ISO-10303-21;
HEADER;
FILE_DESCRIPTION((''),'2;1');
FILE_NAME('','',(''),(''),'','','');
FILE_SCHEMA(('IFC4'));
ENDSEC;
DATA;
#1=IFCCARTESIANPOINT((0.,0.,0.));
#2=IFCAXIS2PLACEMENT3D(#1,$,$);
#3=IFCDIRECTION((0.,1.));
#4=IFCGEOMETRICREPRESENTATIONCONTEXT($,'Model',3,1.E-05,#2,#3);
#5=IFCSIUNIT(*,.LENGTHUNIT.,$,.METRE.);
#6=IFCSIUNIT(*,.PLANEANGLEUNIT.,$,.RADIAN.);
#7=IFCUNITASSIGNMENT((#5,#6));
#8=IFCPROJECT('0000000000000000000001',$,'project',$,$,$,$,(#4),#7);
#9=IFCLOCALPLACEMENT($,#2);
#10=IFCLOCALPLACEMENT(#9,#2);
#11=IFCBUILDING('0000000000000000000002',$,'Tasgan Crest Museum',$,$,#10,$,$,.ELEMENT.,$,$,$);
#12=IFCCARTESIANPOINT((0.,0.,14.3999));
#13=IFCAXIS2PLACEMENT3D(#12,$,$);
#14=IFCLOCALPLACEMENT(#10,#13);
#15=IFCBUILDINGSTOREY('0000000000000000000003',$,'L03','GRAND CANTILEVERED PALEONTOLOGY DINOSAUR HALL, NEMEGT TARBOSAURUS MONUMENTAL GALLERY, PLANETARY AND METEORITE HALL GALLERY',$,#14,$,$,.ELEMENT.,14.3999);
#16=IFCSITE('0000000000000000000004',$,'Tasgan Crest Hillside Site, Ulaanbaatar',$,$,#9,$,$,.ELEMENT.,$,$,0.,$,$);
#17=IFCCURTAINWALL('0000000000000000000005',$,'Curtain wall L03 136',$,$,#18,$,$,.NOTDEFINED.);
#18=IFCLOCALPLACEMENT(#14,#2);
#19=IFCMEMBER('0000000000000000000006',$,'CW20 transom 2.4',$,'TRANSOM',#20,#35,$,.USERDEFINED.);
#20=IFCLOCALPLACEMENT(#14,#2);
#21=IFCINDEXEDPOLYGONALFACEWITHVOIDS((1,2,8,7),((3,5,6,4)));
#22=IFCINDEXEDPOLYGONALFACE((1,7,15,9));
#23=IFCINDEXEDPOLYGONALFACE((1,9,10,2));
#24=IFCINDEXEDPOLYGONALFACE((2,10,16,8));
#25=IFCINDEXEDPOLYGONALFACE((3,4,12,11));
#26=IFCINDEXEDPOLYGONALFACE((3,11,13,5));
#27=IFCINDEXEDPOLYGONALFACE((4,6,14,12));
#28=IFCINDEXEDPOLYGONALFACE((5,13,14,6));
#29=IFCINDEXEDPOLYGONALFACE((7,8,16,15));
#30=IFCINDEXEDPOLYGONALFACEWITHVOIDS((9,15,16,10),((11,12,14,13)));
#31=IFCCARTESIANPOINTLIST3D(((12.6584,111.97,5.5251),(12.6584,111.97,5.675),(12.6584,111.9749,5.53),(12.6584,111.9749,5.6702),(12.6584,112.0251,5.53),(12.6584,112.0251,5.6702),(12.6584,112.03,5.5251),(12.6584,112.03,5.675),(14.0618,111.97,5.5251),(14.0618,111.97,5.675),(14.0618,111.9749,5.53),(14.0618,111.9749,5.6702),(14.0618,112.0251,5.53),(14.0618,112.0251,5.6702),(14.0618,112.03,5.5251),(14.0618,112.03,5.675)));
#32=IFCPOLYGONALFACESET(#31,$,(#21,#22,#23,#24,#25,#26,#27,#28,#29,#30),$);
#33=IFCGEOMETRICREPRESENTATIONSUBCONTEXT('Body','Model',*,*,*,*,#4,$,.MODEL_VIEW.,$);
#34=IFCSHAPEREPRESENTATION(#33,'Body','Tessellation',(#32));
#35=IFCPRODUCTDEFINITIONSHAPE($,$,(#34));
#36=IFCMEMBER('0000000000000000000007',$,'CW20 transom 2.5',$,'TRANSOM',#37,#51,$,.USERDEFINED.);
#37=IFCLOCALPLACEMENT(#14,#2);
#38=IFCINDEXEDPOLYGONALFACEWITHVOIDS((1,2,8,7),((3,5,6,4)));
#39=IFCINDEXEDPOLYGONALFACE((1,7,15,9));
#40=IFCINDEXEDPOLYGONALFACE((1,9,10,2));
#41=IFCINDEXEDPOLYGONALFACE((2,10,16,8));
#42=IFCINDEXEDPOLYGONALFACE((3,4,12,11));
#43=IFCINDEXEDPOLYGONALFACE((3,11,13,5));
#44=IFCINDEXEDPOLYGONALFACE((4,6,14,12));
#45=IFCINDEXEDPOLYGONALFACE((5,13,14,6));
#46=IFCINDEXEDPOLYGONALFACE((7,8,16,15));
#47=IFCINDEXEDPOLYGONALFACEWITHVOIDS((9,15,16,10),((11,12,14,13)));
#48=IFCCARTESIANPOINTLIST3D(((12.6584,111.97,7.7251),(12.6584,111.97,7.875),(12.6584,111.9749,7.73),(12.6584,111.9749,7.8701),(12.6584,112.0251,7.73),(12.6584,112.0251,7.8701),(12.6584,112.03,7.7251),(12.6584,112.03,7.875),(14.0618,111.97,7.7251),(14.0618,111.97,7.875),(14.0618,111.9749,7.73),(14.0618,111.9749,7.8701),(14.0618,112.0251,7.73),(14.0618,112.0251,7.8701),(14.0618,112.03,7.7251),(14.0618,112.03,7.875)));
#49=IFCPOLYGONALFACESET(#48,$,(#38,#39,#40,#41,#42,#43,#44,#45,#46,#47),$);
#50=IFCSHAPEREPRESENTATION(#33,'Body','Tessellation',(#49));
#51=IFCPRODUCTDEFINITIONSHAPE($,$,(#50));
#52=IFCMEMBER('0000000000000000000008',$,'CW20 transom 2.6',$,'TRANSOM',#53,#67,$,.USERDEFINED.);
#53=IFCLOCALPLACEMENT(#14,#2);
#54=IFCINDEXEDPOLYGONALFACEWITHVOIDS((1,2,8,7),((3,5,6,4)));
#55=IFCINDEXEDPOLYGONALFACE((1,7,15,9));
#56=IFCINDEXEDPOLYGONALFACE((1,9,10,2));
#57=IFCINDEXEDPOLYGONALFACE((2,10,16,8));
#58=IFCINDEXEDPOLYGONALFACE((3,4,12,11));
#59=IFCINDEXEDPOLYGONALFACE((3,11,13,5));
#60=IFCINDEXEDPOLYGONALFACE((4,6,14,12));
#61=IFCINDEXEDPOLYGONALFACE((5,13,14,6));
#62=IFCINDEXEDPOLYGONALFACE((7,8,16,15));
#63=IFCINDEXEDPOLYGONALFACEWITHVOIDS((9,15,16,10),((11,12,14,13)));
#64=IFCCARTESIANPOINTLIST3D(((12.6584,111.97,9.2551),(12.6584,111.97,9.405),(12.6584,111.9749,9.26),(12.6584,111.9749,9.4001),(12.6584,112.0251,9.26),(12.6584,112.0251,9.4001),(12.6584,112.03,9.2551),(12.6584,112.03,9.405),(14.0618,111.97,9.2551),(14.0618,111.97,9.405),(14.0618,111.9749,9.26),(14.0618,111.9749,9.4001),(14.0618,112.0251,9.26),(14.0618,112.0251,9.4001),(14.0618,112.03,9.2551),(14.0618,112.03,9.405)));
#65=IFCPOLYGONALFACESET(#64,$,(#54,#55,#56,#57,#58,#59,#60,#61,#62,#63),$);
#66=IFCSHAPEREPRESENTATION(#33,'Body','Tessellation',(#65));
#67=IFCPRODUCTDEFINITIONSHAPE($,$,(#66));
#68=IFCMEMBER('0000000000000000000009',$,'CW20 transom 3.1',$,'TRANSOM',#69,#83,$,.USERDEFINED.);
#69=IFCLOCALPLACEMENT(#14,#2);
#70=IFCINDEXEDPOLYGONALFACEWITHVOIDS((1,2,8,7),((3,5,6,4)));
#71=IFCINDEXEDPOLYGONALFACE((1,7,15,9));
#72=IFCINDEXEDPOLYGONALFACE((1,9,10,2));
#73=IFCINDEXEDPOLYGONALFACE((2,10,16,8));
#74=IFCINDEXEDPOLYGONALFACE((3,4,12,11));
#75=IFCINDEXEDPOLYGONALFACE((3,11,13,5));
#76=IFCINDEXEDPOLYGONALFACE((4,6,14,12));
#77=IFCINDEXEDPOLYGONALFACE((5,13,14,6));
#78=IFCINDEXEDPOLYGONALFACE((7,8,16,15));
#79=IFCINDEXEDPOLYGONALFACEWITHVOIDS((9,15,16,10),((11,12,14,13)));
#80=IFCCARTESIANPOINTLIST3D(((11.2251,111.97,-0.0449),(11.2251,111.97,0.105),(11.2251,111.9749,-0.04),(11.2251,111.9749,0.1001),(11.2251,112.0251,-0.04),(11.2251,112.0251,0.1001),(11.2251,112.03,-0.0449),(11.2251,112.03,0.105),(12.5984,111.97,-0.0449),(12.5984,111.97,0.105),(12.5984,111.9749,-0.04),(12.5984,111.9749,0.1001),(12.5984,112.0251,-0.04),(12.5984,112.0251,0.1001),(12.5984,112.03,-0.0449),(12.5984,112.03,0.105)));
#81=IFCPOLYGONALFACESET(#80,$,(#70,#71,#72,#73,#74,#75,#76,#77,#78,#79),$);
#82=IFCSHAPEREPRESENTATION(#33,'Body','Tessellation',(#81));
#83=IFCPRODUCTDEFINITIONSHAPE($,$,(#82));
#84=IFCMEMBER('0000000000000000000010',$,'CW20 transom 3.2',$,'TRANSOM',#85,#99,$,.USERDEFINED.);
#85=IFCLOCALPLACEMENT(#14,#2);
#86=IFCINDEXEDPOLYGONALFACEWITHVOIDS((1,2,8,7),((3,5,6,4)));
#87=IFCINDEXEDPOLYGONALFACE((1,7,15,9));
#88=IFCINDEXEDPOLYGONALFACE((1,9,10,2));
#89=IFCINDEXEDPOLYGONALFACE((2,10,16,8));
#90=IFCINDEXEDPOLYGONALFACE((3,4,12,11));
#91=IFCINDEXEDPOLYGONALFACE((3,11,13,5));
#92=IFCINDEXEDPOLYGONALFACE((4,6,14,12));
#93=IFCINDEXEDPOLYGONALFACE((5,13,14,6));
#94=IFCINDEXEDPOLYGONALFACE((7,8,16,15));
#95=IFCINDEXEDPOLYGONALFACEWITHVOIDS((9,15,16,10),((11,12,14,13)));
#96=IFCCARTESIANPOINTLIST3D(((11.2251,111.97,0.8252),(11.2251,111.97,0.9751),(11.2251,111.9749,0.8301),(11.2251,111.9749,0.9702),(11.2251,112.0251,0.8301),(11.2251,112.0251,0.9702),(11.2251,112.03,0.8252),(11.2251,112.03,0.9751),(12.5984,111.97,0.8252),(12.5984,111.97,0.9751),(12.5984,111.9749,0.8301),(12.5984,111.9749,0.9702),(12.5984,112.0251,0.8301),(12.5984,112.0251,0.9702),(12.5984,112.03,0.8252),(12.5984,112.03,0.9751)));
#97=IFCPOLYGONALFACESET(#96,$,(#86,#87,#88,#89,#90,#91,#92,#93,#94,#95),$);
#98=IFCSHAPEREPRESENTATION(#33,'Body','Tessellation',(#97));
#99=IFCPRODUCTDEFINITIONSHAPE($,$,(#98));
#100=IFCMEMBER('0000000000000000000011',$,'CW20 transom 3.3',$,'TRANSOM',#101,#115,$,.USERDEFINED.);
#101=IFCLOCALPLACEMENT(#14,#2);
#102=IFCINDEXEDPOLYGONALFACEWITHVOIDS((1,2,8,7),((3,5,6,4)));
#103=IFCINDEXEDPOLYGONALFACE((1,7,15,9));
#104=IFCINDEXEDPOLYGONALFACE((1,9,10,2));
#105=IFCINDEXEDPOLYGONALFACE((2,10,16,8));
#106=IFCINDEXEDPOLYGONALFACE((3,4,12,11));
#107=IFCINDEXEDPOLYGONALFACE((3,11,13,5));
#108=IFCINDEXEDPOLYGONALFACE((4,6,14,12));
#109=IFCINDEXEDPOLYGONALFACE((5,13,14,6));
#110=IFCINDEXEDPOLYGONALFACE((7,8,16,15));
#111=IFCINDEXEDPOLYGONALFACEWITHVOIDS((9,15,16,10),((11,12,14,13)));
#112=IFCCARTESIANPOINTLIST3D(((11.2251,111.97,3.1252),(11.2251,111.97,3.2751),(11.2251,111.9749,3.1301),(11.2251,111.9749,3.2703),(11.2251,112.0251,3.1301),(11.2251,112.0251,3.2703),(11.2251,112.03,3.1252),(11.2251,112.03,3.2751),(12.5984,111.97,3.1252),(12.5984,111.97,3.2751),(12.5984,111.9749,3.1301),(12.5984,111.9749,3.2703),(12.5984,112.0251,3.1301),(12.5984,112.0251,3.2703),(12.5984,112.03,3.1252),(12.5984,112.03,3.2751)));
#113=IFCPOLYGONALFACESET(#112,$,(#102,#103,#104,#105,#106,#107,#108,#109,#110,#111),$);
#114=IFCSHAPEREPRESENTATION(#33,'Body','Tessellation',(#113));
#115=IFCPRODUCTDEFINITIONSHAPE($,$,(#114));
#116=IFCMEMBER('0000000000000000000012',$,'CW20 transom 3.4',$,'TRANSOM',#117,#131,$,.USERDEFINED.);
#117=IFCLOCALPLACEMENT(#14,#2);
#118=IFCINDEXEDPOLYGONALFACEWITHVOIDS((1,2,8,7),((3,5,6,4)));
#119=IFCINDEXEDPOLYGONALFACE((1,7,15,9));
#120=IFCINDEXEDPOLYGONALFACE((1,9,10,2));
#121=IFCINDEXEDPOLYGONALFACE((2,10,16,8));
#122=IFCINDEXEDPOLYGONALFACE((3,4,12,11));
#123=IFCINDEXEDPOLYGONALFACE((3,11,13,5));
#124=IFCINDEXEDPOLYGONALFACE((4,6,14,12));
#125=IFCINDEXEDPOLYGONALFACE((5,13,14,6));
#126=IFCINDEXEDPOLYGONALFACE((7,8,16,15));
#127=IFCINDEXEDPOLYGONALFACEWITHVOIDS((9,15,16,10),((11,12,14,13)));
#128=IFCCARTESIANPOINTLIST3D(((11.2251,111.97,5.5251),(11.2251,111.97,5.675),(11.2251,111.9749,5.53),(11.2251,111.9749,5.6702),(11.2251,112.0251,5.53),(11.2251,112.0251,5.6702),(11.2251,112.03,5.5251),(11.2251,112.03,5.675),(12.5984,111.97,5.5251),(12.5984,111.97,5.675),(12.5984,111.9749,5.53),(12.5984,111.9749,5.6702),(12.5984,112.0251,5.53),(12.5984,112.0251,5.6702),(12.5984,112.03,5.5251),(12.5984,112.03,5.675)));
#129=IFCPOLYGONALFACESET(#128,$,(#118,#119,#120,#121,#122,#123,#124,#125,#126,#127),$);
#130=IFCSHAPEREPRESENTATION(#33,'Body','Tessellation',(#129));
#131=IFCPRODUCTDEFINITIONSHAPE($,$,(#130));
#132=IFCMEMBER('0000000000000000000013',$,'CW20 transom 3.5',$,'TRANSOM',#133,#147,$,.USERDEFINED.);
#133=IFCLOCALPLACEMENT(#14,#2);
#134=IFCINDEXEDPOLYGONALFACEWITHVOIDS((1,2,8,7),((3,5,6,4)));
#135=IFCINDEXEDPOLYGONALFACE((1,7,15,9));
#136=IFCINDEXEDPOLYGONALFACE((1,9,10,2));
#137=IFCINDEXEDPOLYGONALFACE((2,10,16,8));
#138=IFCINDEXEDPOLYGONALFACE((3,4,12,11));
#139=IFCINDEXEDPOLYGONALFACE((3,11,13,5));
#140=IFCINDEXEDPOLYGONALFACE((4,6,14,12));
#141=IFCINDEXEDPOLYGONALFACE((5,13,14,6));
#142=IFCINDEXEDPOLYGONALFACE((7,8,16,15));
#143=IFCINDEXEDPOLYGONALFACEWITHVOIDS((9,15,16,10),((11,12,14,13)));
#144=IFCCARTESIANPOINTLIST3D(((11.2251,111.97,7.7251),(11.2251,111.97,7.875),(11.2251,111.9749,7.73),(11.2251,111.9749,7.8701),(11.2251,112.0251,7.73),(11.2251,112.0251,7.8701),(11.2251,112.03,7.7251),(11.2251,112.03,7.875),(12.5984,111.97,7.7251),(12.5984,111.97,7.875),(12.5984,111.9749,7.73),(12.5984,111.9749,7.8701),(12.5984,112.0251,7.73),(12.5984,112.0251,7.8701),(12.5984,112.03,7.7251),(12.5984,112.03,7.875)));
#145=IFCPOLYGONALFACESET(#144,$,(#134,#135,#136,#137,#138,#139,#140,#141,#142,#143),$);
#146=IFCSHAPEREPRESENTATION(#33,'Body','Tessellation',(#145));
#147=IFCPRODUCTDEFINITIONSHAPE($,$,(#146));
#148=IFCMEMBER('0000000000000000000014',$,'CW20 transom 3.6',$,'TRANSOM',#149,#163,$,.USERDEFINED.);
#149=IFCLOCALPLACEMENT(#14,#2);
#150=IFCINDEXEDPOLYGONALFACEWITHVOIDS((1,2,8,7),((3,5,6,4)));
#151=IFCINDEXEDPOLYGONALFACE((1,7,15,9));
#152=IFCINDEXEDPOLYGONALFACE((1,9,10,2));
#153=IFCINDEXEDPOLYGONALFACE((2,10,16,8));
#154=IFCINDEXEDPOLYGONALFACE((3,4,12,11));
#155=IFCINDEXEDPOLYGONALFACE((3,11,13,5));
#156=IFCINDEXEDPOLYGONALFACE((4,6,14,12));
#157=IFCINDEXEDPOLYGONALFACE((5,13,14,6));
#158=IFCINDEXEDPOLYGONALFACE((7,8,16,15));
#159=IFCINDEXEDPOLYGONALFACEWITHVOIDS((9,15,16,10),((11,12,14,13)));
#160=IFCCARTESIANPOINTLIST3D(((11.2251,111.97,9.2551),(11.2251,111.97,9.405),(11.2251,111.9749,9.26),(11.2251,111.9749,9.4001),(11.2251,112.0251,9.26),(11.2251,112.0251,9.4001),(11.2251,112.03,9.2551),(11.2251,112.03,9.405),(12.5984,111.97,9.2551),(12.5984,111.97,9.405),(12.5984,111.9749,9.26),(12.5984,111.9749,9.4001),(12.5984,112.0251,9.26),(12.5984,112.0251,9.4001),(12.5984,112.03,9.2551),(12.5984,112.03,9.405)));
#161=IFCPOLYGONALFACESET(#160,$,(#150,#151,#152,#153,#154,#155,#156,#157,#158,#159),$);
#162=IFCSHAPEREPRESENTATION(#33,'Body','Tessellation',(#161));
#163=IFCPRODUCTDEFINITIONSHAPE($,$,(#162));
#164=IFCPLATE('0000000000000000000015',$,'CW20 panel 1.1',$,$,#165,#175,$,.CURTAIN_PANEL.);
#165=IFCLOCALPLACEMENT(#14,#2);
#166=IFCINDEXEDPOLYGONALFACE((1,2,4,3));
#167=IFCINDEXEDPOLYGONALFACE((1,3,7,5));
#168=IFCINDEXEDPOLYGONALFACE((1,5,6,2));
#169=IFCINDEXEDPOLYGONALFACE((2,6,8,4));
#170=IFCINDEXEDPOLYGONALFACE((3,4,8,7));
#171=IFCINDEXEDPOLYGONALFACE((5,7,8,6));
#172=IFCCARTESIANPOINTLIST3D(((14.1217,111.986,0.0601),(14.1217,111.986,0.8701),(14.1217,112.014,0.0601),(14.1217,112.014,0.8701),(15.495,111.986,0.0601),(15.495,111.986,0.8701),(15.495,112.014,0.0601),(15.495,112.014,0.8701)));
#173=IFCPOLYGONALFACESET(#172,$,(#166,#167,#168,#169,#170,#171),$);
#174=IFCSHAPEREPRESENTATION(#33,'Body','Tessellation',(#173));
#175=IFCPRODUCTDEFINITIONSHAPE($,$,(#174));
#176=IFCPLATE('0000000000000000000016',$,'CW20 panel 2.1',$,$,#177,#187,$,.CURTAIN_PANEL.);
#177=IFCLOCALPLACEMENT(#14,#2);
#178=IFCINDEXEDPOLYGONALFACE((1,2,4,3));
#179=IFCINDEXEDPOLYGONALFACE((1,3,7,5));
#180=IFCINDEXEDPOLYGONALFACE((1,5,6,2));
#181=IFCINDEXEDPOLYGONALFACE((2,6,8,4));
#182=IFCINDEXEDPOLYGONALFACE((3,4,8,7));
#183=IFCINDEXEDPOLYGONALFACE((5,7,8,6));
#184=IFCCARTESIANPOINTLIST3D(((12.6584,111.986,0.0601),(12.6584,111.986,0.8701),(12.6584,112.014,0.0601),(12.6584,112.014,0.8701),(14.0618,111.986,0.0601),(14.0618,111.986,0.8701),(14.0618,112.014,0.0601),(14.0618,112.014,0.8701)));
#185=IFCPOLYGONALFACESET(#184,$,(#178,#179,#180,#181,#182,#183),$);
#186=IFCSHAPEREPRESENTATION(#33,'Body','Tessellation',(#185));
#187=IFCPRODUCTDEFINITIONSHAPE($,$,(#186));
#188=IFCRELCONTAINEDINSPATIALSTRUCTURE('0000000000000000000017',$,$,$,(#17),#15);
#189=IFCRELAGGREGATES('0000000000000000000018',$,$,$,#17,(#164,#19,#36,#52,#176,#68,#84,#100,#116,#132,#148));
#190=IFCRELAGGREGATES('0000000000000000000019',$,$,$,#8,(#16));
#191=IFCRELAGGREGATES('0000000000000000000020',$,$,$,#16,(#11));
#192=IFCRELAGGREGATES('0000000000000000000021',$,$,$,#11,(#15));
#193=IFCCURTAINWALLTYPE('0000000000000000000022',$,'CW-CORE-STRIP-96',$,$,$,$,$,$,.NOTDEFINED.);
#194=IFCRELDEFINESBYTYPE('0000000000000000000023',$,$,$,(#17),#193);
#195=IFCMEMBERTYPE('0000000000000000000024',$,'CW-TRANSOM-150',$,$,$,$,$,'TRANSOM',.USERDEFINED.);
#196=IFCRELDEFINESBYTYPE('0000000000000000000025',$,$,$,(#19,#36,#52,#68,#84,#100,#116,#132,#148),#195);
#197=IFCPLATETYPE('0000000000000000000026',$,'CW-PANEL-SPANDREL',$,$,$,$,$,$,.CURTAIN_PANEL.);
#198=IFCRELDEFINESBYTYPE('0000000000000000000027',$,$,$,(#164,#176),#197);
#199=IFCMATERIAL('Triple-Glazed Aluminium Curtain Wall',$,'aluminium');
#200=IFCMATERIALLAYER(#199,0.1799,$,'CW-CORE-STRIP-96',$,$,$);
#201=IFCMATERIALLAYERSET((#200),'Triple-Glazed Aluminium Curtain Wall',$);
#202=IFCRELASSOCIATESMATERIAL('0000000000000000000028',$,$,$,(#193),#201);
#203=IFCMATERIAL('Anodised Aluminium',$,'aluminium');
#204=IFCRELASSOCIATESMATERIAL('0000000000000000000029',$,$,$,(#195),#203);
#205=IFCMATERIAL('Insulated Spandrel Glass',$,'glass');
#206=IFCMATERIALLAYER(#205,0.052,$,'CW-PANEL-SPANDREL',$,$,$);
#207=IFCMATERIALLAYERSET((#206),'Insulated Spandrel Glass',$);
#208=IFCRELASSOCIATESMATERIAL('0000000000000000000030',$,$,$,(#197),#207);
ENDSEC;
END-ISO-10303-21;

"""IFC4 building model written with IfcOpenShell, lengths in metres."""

from ifc_helpers import new_model, si_unit, direction, frame, origin, origin_2d, place, context, subcontext, project, spatial, rectangle, hollow_rectangle, extrude, material, layer, layer_set, material_profile, profile_set, type_object, element, aggregate, save


model = new_model("IFC4")

# Units and contexts
model_context = context("Model", 3, precision=1e-05, world=origin(), true_north=direction((0.0, 1.0)))
body_context = subcontext(model_context, "Body", "Model", "MODEL_VIEW")
ifc_project = project(units=[si_unit("LENGTHUNIT", "METRE"), si_unit("PLANEANGLEUNIT", "RADIAN")], contexts=[model_context])

# Site, building, storey
site_placement = place(None, origin())
site = spatial("IfcSite", under=ifc_project, at=site_placement, Name="Tasgan Crest Hillside Site, Ulaanbaatar", CompositionType="ELEMENT", RefElevation=0.0)
building_placement = place(site_placement, origin())
building = spatial("IfcBuilding", under=site, at=building_placement, Name="Tasgan Crest Museum", CompositionType="ELEMENT")
storey_placement = place(building_placement, frame((0.0, 0.0, 14.3999)))
storey = spatial("IfcBuildingStorey", under=building, at=storey_placement, Name="L03", Description="GRAND CANTILEVERED PALEONTOLOGY DINOSAUR HALL, NEMEGT TARBOSAURUS MONUMENTAL GALLERY, PLANETARY AND METEORITE HALL GALLERY", CompositionType="ELEMENT", Elevation=14.3999)

# Curtain wall, members, plates
ifc_material_1 = material(Name="Triple-Glazed Aluminium Curtain Wall", Category="aluminium")
ifc_layer_1 = layer(ifc_material_1, 0.1799, Name="CW-CORE-STRIP-96")
ifc_layer_set_1 = layer_set([ifc_layer_1], Name="Triple-Glazed Aluminium Curtain Wall")
curtain_wall_type = type_object("IfcCurtainWallType", Name="CW-CORE-STRIP-96", PredefinedType="NOTDEFINED", material=ifc_layer_set_1)
curtain_wall_placement = place(storey_placement, origin())
curtain_wall = element("IfcCurtainWall", 1, at=curtain_wall_placement, inside=storey, type_object=curtain_wall_type, Name="Curtain wall L03 136", PredefinedType="NOTDEFINED")
ifc_material_2 = material(Name="Anodised Aluminium", Category="aluminium")
ifc_material_profile_1 = material_profile(ifc_material_2, hollow_rectangle(XDim=0.0601, YDim=0.1499, WallThickness=0.0049, at=origin_2d()), Name="ALU TRANSOM 150x60x5")
ifc_profile_set_1 = profile_set([ifc_material_profile_1], Name="Anodised Aluminium")
member_type_1 = type_object("IfcMemberType", Name="CW-TRANSOM-150", ElementType="TRANSOM", PredefinedType="USERDEFINED", material=ifc_profile_set_1)
member_1_placement = place(storey_placement, frame((14.0618, 112.0, 5.6001), z_axis=(-1.0, 0.0, 0.0), x_axis=(0.0, -1.0, 0.0)))
member_1 = element("IfcMember", 2, at=member_1_placement, type_object=member_type_1, Name="CW20 transom 2.4", ObjectType="TRANSOM", PredefinedType="USERDEFINED", context=body_context, shape_type="SweptSolid", body=[
    extrude(hollow_rectangle(XDim=0.0601, YDim=0.1499, WallThickness=0.0049, at=origin_2d()), origin(), (0.0, 0.0, 1.0), 1.4033),
])
member_2_placement = place(storey_placement, frame((14.0618, 112.0, 7.8), z_axis=(-1.0, 0.0, 0.0), x_axis=(0.0, -1.0, 0.0)))
member_2 = element("IfcMember", 3, at=member_2_placement, type_object=member_type_1, Name="CW20 transom 2.5", ObjectType="TRANSOM", PredefinedType="USERDEFINED", context=body_context, shape_type="SweptSolid", body=[
    extrude(hollow_rectangle(XDim=0.0601, YDim=0.1499, WallThickness=0.0049, at=origin_2d()), origin(), (0.0, 0.0, 1.0), 1.4033),
])
member_3_placement = place(storey_placement, frame((14.0618, 112.0, 9.3301), z_axis=(-1.0, 0.0, 0.0), x_axis=(0.0, -1.0, 0.0)))
member_3 = element("IfcMember", 4, at=member_3_placement, type_object=member_type_1, Name="CW20 transom 2.6", ObjectType="TRANSOM", PredefinedType="USERDEFINED", context=body_context, shape_type="SweptSolid", body=[
    extrude(hollow_rectangle(XDim=0.0601, YDim=0.1499, WallThickness=0.0049, at=origin_2d()), origin(), (0.0, 0.0, 1.0), 1.4033),
])
member_4_placement = place(storey_placement, frame((12.5984, 112.0, 0.03), z_axis=(-1.0, 0.0, 0.0), x_axis=(0.0, -1.0, 0.0)))
member_4 = element("IfcMember", 5, at=member_4_placement, type_object=member_type_1, Name="CW20 transom 3.1", ObjectType="TRANSOM", PredefinedType="USERDEFINED", context=body_context, shape_type="SweptSolid", body=[
    extrude(hollow_rectangle(XDim=0.0601, YDim=0.1499, WallThickness=0.0049, at=origin_2d()), origin(), (0.0, 0.0, 1.0), 1.3733),
])
member_5_placement = place(storey_placement, frame((12.5984, 112.0, 0.9001), z_axis=(-1.0, 0.0, 0.0), x_axis=(0.0, -1.0, 0.0)))
member_5 = element("IfcMember", 6, at=member_5_placement, type_object=member_type_1, Name="CW20 transom 3.2", ObjectType="TRANSOM", PredefinedType="USERDEFINED", context=body_context, shape_type="SweptSolid", body=[
    extrude(hollow_rectangle(XDim=0.0601, YDim=0.1499, WallThickness=0.0049, at=origin_2d()), origin(), (0.0, 0.0, 1.0), 1.3733),
])
member_6_placement = place(storey_placement, frame((12.5984, 112.0, 3.2002), z_axis=(-1.0, 0.0, 0.0), x_axis=(0.0, -1.0, 0.0)))
member_6 = element("IfcMember", 7, at=member_6_placement, type_object=member_type_1, Name="CW20 transom 3.3", ObjectType="TRANSOM", PredefinedType="USERDEFINED", context=body_context, shape_type="SweptSolid", body=[
    extrude(hollow_rectangle(XDim=0.0601, YDim=0.1499, WallThickness=0.0049, at=origin_2d()), origin(), (0.0, 0.0, 1.0), 1.3733),
])
member_7_placement = place(storey_placement, frame((12.5984, 112.0, 5.6001), z_axis=(-1.0, 0.0, 0.0), x_axis=(0.0, -1.0, 0.0)))
member_7 = element("IfcMember", 8, at=member_7_placement, type_object=member_type_1, Name="CW20 transom 3.4", ObjectType="TRANSOM", PredefinedType="USERDEFINED", context=body_context, shape_type="SweptSolid", body=[
    extrude(hollow_rectangle(XDim=0.0601, YDim=0.1499, WallThickness=0.0049, at=origin_2d()), origin(), (0.0, 0.0, 1.0), 1.3733),
])
member_8_placement = place(storey_placement, frame((12.5984, 112.0, 7.8), z_axis=(-1.0, 0.0, 0.0), x_axis=(0.0, -1.0, 0.0)))
member_8 = element("IfcMember", 9, at=member_8_placement, type_object=member_type_1, Name="CW20 transom 3.5", ObjectType="TRANSOM", PredefinedType="USERDEFINED", context=body_context, shape_type="SweptSolid", body=[
    extrude(hollow_rectangle(XDim=0.0601, YDim=0.1499, WallThickness=0.0049, at=origin_2d()), origin(), (0.0, 0.0, 1.0), 1.3733),
])
member_9_placement = place(storey_placement, frame((12.5984, 112.0, 9.3301), z_axis=(-1.0, 0.0, 0.0), x_axis=(0.0, -1.0, 0.0)))
member_9 = element("IfcMember", 10, at=member_9_placement, type_object=member_type_1, Name="CW20 transom 3.6", ObjectType="TRANSOM", PredefinedType="USERDEFINED", context=body_context, shape_type="SweptSolid", body=[
    extrude(hollow_rectangle(XDim=0.0601, YDim=0.1499, WallThickness=0.0049, at=origin_2d()), origin(), (0.0, 0.0, 1.0), 1.3733),
])
ifc_material_3 = material(Name="Insulated Spandrel Glass", Category="glass")
ifc_layer_2 = layer(ifc_material_3, 0.052, Name="CW-PANEL-SPANDREL")
ifc_layer_set_2 = layer_set([ifc_layer_2], Name="Insulated Spandrel Glass")
plate_type_1 = type_object("IfcPlateType", Name="CW-PANEL-SPANDREL", PredefinedType="CURTAIN_PANEL", material=ifc_layer_set_2)
plate_1_placement = place(storey_placement, frame((14.8083, 112.0, 0.0601), z_axis=(0.0, 0.0, 1.0), x_axis=(-1.0, 0.0, 0.0)))
plate_1 = element("IfcPlate", 11, at=plate_1_placement, type_object=plate_type_1, Name="CW20 panel 1.1", PredefinedType="CURTAIN_PANEL", context=body_context, shape_type="SweptSolid", body=[
    extrude(rectangle(XDim=1.3733, YDim=0.0281, at=origin_2d()), origin(), (0.0, 0.0, 1.0), 0.8101),
])
plate_2_placement = place(storey_placement, frame((13.3601, 112.0, 0.0601), z_axis=(0.0, 0.0, 1.0), x_axis=(-1.0, 0.0, 0.0)))
plate_2 = element("IfcPlate", 12, at=plate_2_placement, type_object=plate_type_1, Name="CW20 panel 2.1", PredefinedType="CURTAIN_PANEL", context=body_context, shape_type="SweptSolid", body=[
    extrude(rectangle(XDim=1.4033, YDim=0.0281, at=origin_2d()), origin(), (0.0, 0.0, 1.0), 0.8101),
])
aggregate(curtain_wall, [plate_1, member_1, member_2, member_3, plate_2, member_4, member_5, member_6, member_7, member_8, member_9])

save(model, "model.ifc")
